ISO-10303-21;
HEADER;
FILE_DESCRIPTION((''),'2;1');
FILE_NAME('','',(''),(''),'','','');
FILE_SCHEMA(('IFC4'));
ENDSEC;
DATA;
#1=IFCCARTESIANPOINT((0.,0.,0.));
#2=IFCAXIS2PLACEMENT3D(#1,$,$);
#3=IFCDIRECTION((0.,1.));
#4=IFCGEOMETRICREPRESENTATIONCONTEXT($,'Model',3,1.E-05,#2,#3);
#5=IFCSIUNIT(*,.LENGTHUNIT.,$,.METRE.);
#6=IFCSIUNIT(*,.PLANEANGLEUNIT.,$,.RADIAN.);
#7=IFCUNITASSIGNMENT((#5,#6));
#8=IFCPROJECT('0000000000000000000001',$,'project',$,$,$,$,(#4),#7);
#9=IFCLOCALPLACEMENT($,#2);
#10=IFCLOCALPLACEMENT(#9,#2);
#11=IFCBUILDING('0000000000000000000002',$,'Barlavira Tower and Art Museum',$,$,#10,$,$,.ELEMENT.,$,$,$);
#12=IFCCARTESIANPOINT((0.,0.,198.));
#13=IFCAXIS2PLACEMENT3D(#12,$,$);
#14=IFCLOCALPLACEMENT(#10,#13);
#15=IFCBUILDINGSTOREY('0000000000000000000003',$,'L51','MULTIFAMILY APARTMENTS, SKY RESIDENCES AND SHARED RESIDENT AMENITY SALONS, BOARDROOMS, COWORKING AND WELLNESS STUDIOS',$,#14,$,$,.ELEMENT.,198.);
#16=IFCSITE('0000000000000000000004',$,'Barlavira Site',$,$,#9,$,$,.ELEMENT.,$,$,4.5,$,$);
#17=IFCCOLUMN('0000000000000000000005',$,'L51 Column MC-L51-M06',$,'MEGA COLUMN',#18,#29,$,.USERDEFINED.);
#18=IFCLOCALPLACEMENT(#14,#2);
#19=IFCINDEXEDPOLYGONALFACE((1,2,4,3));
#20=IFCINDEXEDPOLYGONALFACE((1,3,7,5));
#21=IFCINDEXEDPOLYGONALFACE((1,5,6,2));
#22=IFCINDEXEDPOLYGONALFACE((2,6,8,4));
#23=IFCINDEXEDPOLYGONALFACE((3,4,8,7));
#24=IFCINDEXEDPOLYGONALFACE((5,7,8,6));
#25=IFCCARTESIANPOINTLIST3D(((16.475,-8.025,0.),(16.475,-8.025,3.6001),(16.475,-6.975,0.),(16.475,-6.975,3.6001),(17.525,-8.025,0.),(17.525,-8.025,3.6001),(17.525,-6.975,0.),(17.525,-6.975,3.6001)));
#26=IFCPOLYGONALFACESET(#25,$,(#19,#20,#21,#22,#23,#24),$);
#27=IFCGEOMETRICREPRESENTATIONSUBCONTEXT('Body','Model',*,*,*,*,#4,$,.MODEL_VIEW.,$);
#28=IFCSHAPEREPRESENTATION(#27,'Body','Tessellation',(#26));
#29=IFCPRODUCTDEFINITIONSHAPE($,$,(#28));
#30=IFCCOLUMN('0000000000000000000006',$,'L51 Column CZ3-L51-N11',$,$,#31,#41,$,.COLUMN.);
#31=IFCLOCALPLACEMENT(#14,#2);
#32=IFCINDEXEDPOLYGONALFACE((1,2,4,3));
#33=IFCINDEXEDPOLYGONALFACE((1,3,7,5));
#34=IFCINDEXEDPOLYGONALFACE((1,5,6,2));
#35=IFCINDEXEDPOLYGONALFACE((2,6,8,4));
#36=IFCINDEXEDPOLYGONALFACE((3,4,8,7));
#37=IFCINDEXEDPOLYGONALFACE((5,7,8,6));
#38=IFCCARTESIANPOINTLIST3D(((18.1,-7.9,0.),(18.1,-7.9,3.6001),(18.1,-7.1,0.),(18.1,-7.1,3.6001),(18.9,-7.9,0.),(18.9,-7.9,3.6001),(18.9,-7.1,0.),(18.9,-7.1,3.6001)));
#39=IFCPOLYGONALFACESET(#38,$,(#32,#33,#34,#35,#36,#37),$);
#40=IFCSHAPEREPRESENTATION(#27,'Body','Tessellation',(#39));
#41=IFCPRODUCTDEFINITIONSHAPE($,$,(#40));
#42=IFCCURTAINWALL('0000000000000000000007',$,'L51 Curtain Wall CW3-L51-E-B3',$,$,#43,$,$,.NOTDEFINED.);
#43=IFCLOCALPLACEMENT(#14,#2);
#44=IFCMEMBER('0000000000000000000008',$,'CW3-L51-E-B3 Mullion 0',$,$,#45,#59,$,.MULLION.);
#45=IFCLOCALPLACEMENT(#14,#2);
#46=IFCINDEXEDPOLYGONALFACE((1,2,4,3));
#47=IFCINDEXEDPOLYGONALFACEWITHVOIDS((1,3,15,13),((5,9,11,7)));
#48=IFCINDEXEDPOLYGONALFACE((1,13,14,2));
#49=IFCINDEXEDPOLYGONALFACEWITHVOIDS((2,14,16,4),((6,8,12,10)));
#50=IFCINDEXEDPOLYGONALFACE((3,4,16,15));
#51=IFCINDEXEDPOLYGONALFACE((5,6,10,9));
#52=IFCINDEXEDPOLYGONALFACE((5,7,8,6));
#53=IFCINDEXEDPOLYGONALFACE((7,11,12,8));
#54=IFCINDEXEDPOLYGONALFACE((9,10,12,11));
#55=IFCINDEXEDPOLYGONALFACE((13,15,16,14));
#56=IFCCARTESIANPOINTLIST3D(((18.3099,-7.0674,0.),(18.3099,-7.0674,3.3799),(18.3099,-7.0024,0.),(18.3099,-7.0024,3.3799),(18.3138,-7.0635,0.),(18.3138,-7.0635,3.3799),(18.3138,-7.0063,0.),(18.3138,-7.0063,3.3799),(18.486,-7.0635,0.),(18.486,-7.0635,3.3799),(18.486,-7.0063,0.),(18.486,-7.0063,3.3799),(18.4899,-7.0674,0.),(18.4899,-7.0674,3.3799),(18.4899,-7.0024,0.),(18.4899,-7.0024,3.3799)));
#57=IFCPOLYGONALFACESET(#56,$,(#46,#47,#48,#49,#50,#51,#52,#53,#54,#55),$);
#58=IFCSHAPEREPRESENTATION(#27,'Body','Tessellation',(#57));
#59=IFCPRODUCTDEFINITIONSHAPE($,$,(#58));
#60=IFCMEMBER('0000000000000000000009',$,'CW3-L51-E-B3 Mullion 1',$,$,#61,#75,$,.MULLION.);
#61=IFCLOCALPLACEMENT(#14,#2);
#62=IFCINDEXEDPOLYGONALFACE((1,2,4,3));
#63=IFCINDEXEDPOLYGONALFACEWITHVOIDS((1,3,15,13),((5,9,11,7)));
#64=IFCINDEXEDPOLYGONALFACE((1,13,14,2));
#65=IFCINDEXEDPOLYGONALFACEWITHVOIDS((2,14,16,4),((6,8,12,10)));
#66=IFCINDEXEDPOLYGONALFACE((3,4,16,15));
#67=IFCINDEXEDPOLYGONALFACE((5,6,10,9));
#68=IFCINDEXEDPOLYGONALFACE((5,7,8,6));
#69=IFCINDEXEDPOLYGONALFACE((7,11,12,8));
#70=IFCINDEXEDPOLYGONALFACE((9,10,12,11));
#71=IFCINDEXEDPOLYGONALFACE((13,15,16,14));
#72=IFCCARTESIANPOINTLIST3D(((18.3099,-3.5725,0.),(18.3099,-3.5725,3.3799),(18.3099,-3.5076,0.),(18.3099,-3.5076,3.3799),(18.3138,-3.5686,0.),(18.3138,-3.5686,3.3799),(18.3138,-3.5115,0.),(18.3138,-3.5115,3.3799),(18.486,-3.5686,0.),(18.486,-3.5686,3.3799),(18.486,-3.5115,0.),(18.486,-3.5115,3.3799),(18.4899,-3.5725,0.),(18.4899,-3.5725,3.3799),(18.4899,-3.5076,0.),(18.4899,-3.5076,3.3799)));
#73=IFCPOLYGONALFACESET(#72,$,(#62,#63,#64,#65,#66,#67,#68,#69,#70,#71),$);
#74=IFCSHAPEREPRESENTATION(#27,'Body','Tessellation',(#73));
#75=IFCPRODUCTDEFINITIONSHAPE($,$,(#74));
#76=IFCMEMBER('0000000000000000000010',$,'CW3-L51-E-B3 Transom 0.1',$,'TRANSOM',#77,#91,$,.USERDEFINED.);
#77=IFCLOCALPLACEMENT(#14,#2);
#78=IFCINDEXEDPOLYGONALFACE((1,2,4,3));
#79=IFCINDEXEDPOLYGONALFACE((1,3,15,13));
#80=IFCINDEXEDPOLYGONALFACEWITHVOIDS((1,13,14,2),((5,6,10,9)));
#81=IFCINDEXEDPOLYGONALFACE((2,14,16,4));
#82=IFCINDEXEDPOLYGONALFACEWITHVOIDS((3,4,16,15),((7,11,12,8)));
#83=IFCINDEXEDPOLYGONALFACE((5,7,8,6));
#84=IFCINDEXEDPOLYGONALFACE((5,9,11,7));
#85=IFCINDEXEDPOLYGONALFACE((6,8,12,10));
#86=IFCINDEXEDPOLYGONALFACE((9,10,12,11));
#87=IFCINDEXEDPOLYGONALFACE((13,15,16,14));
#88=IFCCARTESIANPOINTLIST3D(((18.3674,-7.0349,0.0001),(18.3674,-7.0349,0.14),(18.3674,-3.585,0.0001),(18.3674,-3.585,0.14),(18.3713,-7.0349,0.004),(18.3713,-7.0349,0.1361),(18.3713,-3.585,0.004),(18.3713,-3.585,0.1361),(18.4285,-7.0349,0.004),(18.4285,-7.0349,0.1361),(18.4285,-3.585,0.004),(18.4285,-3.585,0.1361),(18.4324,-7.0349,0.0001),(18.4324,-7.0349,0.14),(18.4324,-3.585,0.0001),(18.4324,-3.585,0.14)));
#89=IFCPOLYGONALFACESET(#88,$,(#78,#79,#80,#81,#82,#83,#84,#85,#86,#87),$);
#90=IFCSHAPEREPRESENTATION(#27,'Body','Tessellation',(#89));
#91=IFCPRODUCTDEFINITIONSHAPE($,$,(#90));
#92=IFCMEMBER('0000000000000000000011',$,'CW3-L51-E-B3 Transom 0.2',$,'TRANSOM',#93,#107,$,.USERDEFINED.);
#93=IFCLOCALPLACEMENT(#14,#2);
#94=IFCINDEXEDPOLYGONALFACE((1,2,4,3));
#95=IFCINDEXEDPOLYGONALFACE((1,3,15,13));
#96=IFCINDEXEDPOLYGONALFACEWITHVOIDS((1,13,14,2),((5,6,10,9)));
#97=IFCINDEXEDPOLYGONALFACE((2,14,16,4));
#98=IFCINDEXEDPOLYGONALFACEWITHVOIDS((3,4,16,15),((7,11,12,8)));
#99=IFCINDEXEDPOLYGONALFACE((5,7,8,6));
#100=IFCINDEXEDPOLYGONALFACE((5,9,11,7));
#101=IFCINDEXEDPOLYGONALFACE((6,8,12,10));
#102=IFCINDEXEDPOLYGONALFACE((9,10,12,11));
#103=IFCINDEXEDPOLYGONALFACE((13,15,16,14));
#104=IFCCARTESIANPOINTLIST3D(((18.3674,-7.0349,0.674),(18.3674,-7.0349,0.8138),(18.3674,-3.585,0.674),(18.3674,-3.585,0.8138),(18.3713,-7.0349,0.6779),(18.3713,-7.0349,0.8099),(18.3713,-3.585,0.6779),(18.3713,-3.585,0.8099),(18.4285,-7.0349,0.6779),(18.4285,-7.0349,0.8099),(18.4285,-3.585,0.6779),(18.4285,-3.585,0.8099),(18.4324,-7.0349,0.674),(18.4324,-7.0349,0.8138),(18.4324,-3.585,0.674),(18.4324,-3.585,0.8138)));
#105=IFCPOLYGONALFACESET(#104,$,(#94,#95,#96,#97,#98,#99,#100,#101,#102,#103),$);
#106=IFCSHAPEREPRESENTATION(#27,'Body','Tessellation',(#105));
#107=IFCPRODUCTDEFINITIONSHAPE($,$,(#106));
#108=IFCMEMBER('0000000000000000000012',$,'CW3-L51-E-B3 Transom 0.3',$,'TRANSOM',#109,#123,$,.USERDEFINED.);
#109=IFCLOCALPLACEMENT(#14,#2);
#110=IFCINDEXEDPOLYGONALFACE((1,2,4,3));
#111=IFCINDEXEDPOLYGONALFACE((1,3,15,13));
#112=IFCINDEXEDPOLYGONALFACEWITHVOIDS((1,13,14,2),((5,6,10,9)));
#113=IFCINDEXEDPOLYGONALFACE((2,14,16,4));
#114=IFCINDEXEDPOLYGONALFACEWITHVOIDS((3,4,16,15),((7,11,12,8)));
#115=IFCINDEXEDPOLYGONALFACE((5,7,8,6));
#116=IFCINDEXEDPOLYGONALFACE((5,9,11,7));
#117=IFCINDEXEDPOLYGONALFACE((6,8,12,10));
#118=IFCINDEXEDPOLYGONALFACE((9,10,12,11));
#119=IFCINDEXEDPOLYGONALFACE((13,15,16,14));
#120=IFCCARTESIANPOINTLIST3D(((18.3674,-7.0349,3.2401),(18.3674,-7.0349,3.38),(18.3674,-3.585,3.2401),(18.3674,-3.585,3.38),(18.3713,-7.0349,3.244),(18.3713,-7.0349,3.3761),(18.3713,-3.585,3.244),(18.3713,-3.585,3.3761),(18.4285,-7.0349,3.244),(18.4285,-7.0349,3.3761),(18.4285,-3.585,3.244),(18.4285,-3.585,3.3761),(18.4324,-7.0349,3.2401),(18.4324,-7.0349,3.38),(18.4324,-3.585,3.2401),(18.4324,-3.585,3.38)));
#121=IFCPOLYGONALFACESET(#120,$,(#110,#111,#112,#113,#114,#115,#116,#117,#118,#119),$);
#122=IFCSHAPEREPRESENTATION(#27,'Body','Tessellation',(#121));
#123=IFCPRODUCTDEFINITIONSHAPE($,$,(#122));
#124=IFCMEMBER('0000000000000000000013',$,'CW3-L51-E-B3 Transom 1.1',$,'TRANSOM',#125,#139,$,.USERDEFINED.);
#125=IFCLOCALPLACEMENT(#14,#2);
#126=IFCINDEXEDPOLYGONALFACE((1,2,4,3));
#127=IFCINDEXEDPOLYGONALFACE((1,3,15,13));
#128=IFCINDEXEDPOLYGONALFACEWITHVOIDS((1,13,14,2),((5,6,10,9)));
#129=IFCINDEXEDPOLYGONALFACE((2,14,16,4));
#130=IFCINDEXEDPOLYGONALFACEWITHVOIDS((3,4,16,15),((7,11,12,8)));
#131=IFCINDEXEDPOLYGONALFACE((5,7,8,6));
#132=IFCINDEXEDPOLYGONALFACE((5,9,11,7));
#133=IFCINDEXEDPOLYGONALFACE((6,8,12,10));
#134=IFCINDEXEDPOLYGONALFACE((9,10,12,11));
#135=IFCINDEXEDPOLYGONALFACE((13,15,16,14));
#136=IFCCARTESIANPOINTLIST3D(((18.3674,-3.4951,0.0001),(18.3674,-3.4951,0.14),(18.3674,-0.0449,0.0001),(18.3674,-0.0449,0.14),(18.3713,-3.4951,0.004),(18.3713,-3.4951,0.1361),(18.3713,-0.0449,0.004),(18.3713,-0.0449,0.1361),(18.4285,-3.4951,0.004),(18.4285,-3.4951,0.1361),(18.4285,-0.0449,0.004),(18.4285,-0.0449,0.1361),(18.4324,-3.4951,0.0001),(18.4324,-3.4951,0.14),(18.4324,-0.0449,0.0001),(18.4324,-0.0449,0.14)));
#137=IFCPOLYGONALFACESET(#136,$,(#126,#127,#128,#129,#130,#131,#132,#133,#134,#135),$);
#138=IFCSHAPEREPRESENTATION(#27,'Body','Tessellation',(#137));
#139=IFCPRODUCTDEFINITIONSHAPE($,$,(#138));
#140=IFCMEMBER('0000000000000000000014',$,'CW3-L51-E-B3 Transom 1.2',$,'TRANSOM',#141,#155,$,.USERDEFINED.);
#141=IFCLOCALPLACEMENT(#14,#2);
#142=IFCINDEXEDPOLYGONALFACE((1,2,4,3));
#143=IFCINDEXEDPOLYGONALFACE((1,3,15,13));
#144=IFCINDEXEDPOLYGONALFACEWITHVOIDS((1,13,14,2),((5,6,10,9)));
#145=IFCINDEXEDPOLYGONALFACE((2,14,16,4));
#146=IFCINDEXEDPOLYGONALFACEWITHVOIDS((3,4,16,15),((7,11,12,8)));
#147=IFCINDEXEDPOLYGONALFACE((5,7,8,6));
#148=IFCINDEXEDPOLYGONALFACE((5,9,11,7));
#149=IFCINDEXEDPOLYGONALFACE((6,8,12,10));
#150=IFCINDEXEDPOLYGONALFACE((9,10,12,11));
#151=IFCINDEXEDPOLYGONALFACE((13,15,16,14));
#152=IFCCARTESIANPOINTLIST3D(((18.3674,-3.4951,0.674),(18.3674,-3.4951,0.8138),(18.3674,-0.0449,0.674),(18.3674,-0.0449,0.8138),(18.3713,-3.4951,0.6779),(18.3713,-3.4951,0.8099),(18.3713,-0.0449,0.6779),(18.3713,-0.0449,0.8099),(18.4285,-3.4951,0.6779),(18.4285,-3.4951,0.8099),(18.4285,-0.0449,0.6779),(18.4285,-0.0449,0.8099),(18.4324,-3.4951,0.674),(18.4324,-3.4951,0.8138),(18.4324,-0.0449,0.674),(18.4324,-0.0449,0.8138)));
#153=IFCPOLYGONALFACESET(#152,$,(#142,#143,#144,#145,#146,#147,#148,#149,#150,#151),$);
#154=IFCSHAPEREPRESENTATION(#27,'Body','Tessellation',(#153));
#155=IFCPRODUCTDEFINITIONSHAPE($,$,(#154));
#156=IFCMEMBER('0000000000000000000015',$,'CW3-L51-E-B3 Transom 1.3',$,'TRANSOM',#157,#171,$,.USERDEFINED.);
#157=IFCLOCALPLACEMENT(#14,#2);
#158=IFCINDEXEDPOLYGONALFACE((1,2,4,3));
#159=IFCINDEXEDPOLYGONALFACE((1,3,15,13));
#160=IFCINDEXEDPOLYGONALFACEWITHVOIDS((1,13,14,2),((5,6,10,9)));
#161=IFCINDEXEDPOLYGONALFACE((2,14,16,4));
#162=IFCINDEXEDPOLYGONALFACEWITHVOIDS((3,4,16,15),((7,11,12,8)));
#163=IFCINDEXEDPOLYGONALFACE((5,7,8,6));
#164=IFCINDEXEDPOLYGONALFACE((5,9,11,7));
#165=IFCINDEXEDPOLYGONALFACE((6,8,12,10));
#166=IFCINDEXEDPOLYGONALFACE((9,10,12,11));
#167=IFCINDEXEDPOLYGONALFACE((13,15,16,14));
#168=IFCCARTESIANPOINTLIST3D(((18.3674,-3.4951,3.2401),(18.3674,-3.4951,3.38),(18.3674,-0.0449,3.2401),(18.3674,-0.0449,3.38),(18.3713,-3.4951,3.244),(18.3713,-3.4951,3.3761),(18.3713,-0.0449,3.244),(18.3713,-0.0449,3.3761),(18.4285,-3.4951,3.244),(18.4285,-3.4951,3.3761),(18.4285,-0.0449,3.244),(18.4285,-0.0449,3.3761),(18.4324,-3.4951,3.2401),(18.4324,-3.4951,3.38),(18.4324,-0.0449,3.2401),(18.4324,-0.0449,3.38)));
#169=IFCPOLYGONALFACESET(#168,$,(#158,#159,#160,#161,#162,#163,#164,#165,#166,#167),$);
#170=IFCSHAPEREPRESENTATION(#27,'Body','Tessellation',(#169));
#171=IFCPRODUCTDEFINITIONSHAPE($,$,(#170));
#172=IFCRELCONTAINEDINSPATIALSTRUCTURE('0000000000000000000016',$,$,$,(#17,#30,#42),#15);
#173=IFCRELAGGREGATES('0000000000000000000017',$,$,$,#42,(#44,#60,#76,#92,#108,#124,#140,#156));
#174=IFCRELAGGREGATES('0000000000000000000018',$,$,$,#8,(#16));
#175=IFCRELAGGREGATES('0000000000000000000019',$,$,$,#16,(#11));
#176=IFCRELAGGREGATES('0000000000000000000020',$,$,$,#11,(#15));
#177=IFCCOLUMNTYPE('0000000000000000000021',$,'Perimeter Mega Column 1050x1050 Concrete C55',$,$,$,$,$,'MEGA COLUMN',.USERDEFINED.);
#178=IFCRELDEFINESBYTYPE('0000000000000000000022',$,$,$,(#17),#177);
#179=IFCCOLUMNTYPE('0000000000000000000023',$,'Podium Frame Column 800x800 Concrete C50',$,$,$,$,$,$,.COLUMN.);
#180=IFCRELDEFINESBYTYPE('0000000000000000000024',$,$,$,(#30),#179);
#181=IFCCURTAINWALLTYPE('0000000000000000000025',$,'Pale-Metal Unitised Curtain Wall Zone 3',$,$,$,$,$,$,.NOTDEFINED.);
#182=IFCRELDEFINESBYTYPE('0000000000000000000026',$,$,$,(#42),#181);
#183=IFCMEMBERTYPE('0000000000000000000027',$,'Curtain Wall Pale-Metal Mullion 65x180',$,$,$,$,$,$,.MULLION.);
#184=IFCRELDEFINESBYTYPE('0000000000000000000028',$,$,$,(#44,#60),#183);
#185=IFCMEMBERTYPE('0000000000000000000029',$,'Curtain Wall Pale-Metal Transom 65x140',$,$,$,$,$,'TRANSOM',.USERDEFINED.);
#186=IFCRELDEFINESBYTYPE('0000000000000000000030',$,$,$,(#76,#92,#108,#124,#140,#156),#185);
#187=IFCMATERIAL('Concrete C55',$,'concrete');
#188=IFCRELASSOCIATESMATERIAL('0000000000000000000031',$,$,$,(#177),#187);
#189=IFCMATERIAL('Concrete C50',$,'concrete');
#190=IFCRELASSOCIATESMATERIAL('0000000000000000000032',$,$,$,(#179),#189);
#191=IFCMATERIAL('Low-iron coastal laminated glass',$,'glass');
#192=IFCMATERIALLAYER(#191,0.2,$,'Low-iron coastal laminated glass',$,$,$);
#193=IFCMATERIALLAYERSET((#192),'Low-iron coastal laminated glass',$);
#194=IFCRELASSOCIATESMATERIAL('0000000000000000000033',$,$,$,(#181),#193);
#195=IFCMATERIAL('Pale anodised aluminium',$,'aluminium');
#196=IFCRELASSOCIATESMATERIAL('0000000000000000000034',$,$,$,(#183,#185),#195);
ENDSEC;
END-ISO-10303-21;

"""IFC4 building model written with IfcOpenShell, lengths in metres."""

from ifc_helpers import new_model, si_unit, direction, frame, origin, origin_2d, place, context, subcontext, project, spatial, rectangle, hollow_rectangle, extrude, material, layer, layer_set, material_profile, profile_set, type_object, element, aggregate, save


model = new_model("IFC4")

# Units and contexts
model_context = context("Model", 3, precision=1e-05, world=origin(), true_north=direction((0.0, 1.0)))
body_context = subcontext(model_context, "Body", "Model", "MODEL_VIEW")
ifc_project = project(units=[si_unit("LENGTHUNIT", "METRE"), si_unit("PLANEANGLEUNIT", "RADIAN")], contexts=[model_context])

# Site, building, storey
site_placement = place(None, origin())
site = spatial("IfcSite", under=ifc_project, at=site_placement, Name="Barlavira Site", CompositionType="ELEMENT", RefElevation=4.5)
building_placement = place(site_placement, origin())
building = spatial("IfcBuilding", under=site, at=building_placement, Name="Barlavira Tower and Art Museum", CompositionType="ELEMENT")
storey_placement = place(building_placement, frame((0.0, 0.0, 198.0)))
storey = spatial("IfcBuildingStorey", under=building, at=storey_placement, Name="L51", Description="MULTIFAMILY APARTMENTS, SKY RESIDENCES AND SHARED RESIDENT AMENITY SALONS, BOARDROOMS, COWORKING AND WELLNESS STUDIOS", CompositionType="ELEMENT", Elevation=198.0)

# Columns
ifc_material_1 = material(Name="Concrete C55", Category="concrete")
ifc_material_profile_1 = material_profile(ifc_material_1, rectangle(XDim=1.05, YDim=1.05, at=origin_2d()), Name="RC-COL 1050x1050")
ifc_profile_set_1 = profile_set([ifc_material_profile_1], Name="Concrete C55")
column_type_1 = type_object("IfcColumnType", Name="Perimeter Mega Column 1050x1050 Concrete C55", ElementType="MEGA COLUMN", PredefinedType="USERDEFINED", material=ifc_profile_set_1)
column_1_placement = place(storey_placement, frame((17.0, -7.5, 0.0), z_axis=(0.0, 0.0, 1.0), x_axis=(1.0, 0.0, 0.0)))
element("IfcColumn", 1, at=column_1_placement, inside=storey, type_object=column_type_1, Name="L51 Column MC-L51-M06", ObjectType="MEGA COLUMN", PredefinedType="USERDEFINED", context=body_context, shape_type="SweptSolid", body=[
    extrude(rectangle(XDim=1.05, YDim=1.05, at=origin_2d()), origin(), (0.0, 0.0, 1.0), 3.6001),
])
ifc_material_2 = material(Name="Concrete C50", Category="concrete")
ifc_material_profile_2 = material_profile(ifc_material_2, rectangle(XDim=0.8, YDim=0.8, at=origin_2d()), Name="RC-COL 800x800")
ifc_profile_set_2 = profile_set([ifc_material_profile_2], Name="Concrete C50")
column_type_2 = type_object("IfcColumnType", Name="Podium Frame Column 800x800 Concrete C50", PredefinedType="COLUMN", material=ifc_profile_set_2)
column_2_placement = place(storey_placement, frame((18.5, -7.5, 0.0), z_axis=(0.0, 0.0, 1.0), x_axis=(1.0, 0.0, 0.0)))
element("IfcColumn", 2, at=column_2_placement, inside=storey, type_object=column_type_2, Name="L51 Column CZ3-L51-N11", PredefinedType="COLUMN", context=body_context, shape_type="SweptSolid", body=[
    extrude(rectangle(XDim=0.8, YDim=0.8, at=origin_2d()), origin(), (0.0, 0.0, 1.0), 3.6001),
])

# Curtain wall, members
ifc_material_3 = material(Name="Low-iron coastal laminated glass", Category="glass")
ifc_layer_1 = layer(ifc_material_3, 0.2, Name="Low-iron coastal laminated glass")
ifc_layer_set_1 = layer_set([ifc_layer_1], Name="Low-iron coastal laminated glass")
curtain_wall_type = type_object("IfcCurtainWallType", Name="Pale-Metal Unitised Curtain Wall Zone 3", PredefinedType="NOTDEFINED", material=ifc_layer_set_1)
curtain_wall_placement = place(storey_placement, origin())
curtain_wall = element("IfcCurtainWall", 3, at=curtain_wall_placement, inside=storey, type_object=curtain_wall_type, Name="L51 Curtain Wall CW3-L51-E-B3", PredefinedType="NOTDEFINED")
ifc_material_4 = material(Name="Pale anodised aluminium", Category="aluminium")
ifc_material_profile_3 = material_profile(ifc_material_4, hollow_rectangle(XDim=0.0649, YDim=0.1799, WallThickness=0.0039, at=origin_2d()), Name="ALU-MULL 65x180x4")
ifc_profile_set_3 = profile_set([ifc_material_profile_3], Name="Pale anodised aluminium")
member_type_1 = type_object("IfcMemberType", Name="Curtain Wall Pale-Metal Mullion 65x180", PredefinedType="MULLION", material=ifc_profile_set_3)
member_1_placement = place(storey_placement, frame((18.3999, -7.0349, 0.0), z_axis=(0.0, 0.0, 1.0), x_axis=(0.0, 1.0, 0.0)))
member_1 = element("IfcMember", 4, at=member_1_placement, type_object=member_type_1, Name="CW3-L51-E-B3 Mullion 0", PredefinedType="MULLION", context=body_context, shape_type="SweptSolid", body=[
    extrude(hollow_rectangle(XDim=0.0649, YDim=0.1799, WallThickness=0.0039, at=origin_2d()), origin(), (0.0, 0.0, 1.0), 3.3799),
])
member_2_placement = place(storey_placement, frame((18.3999, -3.54, 0.0), z_axis=(0.0, 0.0, 1.0), x_axis=(0.0, 1.0, 0.0)))
member_2 = element("IfcMember", 5, at=member_2_placement, type_object=member_type_1, Name="CW3-L51-E-B3 Mullion 1", PredefinedType="MULLION", context=body_context, shape_type="SweptSolid", body=[
    extrude(hollow_rectangle(XDim=0.0649, YDim=0.1799, WallThickness=0.0039, at=origin_2d()), origin(), (0.0, 0.0, 1.0), 3.3799),
])
ifc_material_profile_4 = material_profile(ifc_material_4, hollow_rectangle(XDim=0.0649, YDim=0.1399, WallThickness=0.0039, at=origin_2d()), Name="ALU-TRAN 65x140x4")
ifc_profile_set_4 = profile_set([ifc_material_profile_4], Name="Pale anodised aluminium")
member_type_2 = type_object("IfcMemberType", Name="Curtain Wall Pale-Metal Transom 65x140", ElementType="TRANSOM", PredefinedType="USERDEFINED", material=ifc_profile_set_4)
member_3_placement = place(storey_placement, frame((18.3999, -7.0349, 0.0701), z_axis=(0.0, 1.0, 0.0), x_axis=(-1.0, 0.0, 0.0)))
member_3 = element("IfcMember", 6, at=member_3_placement, type_object=member_type_2, Name="CW3-L51-E-B3 Transom 0.1", ObjectType="TRANSOM", PredefinedType="USERDEFINED", context=body_context, shape_type="SweptSolid", body=[
    extrude(hollow_rectangle(XDim=0.0649, YDim=0.1399, WallThickness=0.0039, at=origin_2d()), origin(), (0.0, 0.0, 1.0), 3.45),
])
member_4_placement = place(storey_placement, frame((18.3999, -7.0349, 0.7439), z_axis=(0.0, 1.0, 0.0), x_axis=(-1.0, 0.0, 0.0)))
member_4 = element("IfcMember", 7, at=member_4_placement, type_object=member_type_2, Name="CW3-L51-E-B3 Transom 0.2", ObjectType="TRANSOM", PredefinedType="USERDEFINED", context=body_context, shape_type="SweptSolid", body=[
    extrude(hollow_rectangle(XDim=0.0649, YDim=0.1399, WallThickness=0.0039, at=origin_2d()), origin(), (0.0, 0.0, 1.0), 3.45),
])
member_5_placement = place(storey_placement, frame((18.3999, -7.0349, 3.3101), z_axis=(0.0, 1.0, 0.0), x_axis=(-1.0, 0.0, 0.0)))
member_5 = element("IfcMember", 8, at=member_5_placement, type_object=member_type_2, Name="CW3-L51-E-B3 Transom 0.3", ObjectType="TRANSOM", PredefinedType="USERDEFINED", context=body_context, shape_type="SweptSolid", body=[
    extrude(hollow_rectangle(XDim=0.0649, YDim=0.1399, WallThickness=0.0039, at=origin_2d()), origin(), (0.0, 0.0, 1.0), 3.45),
])
member_6_placement = place(storey_placement, frame((18.3999, -3.4951, 0.0701), z_axis=(0.0, 1.0, 0.0), x_axis=(-1.0, 0.0, 0.0)))
member_6 = element("IfcMember", 9, at=member_6_placement, type_object=member_type_2, Name="CW3-L51-E-B3 Transom 1.1", ObjectType="TRANSOM", PredefinedType="USERDEFINED", context=body_context, shape_type="SweptSolid", body=[
    extrude(hollow_rectangle(XDim=0.0649, YDim=0.1399, WallThickness=0.0039, at=origin_2d()), origin(), (0.0, 0.0, 1.0), 3.4502),
])
member_7_placement = place(storey_placement, frame((18.3999, -3.4951, 0.7439), z_axis=(0.0, 1.0, 0.0), x_axis=(-1.0, 0.0, 0.0)))
member_7 = element("IfcMember", 10, at=member_7_placement, type_object=member_type_2, Name="CW3-L51-E-B3 Transom 1.2", ObjectType="TRANSOM", PredefinedType="USERDEFINED", context=body_context, shape_type="SweptSolid", body=[
    extrude(hollow_rectangle(XDim=0.0649, YDim=0.1399, WallThickness=0.0039, at=origin_2d()), origin(), (0.0, 0.0, 1.0), 3.4502),
])
member_8_placement = place(storey_placement, frame((18.3999, -3.4951, 3.3101), z_axis=(0.0, 1.0, 0.0), x_axis=(-1.0, 0.0, 0.0)))
member_8 = element("IfcMember", 11, at=member_8_placement, type_object=member_type_2, Name="CW3-L51-E-B3 Transom 1.3", ObjectType="TRANSOM", PredefinedType="USERDEFINED", context=body_context, shape_type="SweptSolid", body=[
    extrude(hollow_rectangle(XDim=0.0649, YDim=0.1399, WallThickness=0.0039, at=origin_2d()), origin(), (0.0, 0.0, 1.0), 3.4502),
])

aggregate(curtain_wall, [member_1, member_2, member_3, member_4, member_5, member_6, member_7, member_8])

save(model, "model.ifc")
